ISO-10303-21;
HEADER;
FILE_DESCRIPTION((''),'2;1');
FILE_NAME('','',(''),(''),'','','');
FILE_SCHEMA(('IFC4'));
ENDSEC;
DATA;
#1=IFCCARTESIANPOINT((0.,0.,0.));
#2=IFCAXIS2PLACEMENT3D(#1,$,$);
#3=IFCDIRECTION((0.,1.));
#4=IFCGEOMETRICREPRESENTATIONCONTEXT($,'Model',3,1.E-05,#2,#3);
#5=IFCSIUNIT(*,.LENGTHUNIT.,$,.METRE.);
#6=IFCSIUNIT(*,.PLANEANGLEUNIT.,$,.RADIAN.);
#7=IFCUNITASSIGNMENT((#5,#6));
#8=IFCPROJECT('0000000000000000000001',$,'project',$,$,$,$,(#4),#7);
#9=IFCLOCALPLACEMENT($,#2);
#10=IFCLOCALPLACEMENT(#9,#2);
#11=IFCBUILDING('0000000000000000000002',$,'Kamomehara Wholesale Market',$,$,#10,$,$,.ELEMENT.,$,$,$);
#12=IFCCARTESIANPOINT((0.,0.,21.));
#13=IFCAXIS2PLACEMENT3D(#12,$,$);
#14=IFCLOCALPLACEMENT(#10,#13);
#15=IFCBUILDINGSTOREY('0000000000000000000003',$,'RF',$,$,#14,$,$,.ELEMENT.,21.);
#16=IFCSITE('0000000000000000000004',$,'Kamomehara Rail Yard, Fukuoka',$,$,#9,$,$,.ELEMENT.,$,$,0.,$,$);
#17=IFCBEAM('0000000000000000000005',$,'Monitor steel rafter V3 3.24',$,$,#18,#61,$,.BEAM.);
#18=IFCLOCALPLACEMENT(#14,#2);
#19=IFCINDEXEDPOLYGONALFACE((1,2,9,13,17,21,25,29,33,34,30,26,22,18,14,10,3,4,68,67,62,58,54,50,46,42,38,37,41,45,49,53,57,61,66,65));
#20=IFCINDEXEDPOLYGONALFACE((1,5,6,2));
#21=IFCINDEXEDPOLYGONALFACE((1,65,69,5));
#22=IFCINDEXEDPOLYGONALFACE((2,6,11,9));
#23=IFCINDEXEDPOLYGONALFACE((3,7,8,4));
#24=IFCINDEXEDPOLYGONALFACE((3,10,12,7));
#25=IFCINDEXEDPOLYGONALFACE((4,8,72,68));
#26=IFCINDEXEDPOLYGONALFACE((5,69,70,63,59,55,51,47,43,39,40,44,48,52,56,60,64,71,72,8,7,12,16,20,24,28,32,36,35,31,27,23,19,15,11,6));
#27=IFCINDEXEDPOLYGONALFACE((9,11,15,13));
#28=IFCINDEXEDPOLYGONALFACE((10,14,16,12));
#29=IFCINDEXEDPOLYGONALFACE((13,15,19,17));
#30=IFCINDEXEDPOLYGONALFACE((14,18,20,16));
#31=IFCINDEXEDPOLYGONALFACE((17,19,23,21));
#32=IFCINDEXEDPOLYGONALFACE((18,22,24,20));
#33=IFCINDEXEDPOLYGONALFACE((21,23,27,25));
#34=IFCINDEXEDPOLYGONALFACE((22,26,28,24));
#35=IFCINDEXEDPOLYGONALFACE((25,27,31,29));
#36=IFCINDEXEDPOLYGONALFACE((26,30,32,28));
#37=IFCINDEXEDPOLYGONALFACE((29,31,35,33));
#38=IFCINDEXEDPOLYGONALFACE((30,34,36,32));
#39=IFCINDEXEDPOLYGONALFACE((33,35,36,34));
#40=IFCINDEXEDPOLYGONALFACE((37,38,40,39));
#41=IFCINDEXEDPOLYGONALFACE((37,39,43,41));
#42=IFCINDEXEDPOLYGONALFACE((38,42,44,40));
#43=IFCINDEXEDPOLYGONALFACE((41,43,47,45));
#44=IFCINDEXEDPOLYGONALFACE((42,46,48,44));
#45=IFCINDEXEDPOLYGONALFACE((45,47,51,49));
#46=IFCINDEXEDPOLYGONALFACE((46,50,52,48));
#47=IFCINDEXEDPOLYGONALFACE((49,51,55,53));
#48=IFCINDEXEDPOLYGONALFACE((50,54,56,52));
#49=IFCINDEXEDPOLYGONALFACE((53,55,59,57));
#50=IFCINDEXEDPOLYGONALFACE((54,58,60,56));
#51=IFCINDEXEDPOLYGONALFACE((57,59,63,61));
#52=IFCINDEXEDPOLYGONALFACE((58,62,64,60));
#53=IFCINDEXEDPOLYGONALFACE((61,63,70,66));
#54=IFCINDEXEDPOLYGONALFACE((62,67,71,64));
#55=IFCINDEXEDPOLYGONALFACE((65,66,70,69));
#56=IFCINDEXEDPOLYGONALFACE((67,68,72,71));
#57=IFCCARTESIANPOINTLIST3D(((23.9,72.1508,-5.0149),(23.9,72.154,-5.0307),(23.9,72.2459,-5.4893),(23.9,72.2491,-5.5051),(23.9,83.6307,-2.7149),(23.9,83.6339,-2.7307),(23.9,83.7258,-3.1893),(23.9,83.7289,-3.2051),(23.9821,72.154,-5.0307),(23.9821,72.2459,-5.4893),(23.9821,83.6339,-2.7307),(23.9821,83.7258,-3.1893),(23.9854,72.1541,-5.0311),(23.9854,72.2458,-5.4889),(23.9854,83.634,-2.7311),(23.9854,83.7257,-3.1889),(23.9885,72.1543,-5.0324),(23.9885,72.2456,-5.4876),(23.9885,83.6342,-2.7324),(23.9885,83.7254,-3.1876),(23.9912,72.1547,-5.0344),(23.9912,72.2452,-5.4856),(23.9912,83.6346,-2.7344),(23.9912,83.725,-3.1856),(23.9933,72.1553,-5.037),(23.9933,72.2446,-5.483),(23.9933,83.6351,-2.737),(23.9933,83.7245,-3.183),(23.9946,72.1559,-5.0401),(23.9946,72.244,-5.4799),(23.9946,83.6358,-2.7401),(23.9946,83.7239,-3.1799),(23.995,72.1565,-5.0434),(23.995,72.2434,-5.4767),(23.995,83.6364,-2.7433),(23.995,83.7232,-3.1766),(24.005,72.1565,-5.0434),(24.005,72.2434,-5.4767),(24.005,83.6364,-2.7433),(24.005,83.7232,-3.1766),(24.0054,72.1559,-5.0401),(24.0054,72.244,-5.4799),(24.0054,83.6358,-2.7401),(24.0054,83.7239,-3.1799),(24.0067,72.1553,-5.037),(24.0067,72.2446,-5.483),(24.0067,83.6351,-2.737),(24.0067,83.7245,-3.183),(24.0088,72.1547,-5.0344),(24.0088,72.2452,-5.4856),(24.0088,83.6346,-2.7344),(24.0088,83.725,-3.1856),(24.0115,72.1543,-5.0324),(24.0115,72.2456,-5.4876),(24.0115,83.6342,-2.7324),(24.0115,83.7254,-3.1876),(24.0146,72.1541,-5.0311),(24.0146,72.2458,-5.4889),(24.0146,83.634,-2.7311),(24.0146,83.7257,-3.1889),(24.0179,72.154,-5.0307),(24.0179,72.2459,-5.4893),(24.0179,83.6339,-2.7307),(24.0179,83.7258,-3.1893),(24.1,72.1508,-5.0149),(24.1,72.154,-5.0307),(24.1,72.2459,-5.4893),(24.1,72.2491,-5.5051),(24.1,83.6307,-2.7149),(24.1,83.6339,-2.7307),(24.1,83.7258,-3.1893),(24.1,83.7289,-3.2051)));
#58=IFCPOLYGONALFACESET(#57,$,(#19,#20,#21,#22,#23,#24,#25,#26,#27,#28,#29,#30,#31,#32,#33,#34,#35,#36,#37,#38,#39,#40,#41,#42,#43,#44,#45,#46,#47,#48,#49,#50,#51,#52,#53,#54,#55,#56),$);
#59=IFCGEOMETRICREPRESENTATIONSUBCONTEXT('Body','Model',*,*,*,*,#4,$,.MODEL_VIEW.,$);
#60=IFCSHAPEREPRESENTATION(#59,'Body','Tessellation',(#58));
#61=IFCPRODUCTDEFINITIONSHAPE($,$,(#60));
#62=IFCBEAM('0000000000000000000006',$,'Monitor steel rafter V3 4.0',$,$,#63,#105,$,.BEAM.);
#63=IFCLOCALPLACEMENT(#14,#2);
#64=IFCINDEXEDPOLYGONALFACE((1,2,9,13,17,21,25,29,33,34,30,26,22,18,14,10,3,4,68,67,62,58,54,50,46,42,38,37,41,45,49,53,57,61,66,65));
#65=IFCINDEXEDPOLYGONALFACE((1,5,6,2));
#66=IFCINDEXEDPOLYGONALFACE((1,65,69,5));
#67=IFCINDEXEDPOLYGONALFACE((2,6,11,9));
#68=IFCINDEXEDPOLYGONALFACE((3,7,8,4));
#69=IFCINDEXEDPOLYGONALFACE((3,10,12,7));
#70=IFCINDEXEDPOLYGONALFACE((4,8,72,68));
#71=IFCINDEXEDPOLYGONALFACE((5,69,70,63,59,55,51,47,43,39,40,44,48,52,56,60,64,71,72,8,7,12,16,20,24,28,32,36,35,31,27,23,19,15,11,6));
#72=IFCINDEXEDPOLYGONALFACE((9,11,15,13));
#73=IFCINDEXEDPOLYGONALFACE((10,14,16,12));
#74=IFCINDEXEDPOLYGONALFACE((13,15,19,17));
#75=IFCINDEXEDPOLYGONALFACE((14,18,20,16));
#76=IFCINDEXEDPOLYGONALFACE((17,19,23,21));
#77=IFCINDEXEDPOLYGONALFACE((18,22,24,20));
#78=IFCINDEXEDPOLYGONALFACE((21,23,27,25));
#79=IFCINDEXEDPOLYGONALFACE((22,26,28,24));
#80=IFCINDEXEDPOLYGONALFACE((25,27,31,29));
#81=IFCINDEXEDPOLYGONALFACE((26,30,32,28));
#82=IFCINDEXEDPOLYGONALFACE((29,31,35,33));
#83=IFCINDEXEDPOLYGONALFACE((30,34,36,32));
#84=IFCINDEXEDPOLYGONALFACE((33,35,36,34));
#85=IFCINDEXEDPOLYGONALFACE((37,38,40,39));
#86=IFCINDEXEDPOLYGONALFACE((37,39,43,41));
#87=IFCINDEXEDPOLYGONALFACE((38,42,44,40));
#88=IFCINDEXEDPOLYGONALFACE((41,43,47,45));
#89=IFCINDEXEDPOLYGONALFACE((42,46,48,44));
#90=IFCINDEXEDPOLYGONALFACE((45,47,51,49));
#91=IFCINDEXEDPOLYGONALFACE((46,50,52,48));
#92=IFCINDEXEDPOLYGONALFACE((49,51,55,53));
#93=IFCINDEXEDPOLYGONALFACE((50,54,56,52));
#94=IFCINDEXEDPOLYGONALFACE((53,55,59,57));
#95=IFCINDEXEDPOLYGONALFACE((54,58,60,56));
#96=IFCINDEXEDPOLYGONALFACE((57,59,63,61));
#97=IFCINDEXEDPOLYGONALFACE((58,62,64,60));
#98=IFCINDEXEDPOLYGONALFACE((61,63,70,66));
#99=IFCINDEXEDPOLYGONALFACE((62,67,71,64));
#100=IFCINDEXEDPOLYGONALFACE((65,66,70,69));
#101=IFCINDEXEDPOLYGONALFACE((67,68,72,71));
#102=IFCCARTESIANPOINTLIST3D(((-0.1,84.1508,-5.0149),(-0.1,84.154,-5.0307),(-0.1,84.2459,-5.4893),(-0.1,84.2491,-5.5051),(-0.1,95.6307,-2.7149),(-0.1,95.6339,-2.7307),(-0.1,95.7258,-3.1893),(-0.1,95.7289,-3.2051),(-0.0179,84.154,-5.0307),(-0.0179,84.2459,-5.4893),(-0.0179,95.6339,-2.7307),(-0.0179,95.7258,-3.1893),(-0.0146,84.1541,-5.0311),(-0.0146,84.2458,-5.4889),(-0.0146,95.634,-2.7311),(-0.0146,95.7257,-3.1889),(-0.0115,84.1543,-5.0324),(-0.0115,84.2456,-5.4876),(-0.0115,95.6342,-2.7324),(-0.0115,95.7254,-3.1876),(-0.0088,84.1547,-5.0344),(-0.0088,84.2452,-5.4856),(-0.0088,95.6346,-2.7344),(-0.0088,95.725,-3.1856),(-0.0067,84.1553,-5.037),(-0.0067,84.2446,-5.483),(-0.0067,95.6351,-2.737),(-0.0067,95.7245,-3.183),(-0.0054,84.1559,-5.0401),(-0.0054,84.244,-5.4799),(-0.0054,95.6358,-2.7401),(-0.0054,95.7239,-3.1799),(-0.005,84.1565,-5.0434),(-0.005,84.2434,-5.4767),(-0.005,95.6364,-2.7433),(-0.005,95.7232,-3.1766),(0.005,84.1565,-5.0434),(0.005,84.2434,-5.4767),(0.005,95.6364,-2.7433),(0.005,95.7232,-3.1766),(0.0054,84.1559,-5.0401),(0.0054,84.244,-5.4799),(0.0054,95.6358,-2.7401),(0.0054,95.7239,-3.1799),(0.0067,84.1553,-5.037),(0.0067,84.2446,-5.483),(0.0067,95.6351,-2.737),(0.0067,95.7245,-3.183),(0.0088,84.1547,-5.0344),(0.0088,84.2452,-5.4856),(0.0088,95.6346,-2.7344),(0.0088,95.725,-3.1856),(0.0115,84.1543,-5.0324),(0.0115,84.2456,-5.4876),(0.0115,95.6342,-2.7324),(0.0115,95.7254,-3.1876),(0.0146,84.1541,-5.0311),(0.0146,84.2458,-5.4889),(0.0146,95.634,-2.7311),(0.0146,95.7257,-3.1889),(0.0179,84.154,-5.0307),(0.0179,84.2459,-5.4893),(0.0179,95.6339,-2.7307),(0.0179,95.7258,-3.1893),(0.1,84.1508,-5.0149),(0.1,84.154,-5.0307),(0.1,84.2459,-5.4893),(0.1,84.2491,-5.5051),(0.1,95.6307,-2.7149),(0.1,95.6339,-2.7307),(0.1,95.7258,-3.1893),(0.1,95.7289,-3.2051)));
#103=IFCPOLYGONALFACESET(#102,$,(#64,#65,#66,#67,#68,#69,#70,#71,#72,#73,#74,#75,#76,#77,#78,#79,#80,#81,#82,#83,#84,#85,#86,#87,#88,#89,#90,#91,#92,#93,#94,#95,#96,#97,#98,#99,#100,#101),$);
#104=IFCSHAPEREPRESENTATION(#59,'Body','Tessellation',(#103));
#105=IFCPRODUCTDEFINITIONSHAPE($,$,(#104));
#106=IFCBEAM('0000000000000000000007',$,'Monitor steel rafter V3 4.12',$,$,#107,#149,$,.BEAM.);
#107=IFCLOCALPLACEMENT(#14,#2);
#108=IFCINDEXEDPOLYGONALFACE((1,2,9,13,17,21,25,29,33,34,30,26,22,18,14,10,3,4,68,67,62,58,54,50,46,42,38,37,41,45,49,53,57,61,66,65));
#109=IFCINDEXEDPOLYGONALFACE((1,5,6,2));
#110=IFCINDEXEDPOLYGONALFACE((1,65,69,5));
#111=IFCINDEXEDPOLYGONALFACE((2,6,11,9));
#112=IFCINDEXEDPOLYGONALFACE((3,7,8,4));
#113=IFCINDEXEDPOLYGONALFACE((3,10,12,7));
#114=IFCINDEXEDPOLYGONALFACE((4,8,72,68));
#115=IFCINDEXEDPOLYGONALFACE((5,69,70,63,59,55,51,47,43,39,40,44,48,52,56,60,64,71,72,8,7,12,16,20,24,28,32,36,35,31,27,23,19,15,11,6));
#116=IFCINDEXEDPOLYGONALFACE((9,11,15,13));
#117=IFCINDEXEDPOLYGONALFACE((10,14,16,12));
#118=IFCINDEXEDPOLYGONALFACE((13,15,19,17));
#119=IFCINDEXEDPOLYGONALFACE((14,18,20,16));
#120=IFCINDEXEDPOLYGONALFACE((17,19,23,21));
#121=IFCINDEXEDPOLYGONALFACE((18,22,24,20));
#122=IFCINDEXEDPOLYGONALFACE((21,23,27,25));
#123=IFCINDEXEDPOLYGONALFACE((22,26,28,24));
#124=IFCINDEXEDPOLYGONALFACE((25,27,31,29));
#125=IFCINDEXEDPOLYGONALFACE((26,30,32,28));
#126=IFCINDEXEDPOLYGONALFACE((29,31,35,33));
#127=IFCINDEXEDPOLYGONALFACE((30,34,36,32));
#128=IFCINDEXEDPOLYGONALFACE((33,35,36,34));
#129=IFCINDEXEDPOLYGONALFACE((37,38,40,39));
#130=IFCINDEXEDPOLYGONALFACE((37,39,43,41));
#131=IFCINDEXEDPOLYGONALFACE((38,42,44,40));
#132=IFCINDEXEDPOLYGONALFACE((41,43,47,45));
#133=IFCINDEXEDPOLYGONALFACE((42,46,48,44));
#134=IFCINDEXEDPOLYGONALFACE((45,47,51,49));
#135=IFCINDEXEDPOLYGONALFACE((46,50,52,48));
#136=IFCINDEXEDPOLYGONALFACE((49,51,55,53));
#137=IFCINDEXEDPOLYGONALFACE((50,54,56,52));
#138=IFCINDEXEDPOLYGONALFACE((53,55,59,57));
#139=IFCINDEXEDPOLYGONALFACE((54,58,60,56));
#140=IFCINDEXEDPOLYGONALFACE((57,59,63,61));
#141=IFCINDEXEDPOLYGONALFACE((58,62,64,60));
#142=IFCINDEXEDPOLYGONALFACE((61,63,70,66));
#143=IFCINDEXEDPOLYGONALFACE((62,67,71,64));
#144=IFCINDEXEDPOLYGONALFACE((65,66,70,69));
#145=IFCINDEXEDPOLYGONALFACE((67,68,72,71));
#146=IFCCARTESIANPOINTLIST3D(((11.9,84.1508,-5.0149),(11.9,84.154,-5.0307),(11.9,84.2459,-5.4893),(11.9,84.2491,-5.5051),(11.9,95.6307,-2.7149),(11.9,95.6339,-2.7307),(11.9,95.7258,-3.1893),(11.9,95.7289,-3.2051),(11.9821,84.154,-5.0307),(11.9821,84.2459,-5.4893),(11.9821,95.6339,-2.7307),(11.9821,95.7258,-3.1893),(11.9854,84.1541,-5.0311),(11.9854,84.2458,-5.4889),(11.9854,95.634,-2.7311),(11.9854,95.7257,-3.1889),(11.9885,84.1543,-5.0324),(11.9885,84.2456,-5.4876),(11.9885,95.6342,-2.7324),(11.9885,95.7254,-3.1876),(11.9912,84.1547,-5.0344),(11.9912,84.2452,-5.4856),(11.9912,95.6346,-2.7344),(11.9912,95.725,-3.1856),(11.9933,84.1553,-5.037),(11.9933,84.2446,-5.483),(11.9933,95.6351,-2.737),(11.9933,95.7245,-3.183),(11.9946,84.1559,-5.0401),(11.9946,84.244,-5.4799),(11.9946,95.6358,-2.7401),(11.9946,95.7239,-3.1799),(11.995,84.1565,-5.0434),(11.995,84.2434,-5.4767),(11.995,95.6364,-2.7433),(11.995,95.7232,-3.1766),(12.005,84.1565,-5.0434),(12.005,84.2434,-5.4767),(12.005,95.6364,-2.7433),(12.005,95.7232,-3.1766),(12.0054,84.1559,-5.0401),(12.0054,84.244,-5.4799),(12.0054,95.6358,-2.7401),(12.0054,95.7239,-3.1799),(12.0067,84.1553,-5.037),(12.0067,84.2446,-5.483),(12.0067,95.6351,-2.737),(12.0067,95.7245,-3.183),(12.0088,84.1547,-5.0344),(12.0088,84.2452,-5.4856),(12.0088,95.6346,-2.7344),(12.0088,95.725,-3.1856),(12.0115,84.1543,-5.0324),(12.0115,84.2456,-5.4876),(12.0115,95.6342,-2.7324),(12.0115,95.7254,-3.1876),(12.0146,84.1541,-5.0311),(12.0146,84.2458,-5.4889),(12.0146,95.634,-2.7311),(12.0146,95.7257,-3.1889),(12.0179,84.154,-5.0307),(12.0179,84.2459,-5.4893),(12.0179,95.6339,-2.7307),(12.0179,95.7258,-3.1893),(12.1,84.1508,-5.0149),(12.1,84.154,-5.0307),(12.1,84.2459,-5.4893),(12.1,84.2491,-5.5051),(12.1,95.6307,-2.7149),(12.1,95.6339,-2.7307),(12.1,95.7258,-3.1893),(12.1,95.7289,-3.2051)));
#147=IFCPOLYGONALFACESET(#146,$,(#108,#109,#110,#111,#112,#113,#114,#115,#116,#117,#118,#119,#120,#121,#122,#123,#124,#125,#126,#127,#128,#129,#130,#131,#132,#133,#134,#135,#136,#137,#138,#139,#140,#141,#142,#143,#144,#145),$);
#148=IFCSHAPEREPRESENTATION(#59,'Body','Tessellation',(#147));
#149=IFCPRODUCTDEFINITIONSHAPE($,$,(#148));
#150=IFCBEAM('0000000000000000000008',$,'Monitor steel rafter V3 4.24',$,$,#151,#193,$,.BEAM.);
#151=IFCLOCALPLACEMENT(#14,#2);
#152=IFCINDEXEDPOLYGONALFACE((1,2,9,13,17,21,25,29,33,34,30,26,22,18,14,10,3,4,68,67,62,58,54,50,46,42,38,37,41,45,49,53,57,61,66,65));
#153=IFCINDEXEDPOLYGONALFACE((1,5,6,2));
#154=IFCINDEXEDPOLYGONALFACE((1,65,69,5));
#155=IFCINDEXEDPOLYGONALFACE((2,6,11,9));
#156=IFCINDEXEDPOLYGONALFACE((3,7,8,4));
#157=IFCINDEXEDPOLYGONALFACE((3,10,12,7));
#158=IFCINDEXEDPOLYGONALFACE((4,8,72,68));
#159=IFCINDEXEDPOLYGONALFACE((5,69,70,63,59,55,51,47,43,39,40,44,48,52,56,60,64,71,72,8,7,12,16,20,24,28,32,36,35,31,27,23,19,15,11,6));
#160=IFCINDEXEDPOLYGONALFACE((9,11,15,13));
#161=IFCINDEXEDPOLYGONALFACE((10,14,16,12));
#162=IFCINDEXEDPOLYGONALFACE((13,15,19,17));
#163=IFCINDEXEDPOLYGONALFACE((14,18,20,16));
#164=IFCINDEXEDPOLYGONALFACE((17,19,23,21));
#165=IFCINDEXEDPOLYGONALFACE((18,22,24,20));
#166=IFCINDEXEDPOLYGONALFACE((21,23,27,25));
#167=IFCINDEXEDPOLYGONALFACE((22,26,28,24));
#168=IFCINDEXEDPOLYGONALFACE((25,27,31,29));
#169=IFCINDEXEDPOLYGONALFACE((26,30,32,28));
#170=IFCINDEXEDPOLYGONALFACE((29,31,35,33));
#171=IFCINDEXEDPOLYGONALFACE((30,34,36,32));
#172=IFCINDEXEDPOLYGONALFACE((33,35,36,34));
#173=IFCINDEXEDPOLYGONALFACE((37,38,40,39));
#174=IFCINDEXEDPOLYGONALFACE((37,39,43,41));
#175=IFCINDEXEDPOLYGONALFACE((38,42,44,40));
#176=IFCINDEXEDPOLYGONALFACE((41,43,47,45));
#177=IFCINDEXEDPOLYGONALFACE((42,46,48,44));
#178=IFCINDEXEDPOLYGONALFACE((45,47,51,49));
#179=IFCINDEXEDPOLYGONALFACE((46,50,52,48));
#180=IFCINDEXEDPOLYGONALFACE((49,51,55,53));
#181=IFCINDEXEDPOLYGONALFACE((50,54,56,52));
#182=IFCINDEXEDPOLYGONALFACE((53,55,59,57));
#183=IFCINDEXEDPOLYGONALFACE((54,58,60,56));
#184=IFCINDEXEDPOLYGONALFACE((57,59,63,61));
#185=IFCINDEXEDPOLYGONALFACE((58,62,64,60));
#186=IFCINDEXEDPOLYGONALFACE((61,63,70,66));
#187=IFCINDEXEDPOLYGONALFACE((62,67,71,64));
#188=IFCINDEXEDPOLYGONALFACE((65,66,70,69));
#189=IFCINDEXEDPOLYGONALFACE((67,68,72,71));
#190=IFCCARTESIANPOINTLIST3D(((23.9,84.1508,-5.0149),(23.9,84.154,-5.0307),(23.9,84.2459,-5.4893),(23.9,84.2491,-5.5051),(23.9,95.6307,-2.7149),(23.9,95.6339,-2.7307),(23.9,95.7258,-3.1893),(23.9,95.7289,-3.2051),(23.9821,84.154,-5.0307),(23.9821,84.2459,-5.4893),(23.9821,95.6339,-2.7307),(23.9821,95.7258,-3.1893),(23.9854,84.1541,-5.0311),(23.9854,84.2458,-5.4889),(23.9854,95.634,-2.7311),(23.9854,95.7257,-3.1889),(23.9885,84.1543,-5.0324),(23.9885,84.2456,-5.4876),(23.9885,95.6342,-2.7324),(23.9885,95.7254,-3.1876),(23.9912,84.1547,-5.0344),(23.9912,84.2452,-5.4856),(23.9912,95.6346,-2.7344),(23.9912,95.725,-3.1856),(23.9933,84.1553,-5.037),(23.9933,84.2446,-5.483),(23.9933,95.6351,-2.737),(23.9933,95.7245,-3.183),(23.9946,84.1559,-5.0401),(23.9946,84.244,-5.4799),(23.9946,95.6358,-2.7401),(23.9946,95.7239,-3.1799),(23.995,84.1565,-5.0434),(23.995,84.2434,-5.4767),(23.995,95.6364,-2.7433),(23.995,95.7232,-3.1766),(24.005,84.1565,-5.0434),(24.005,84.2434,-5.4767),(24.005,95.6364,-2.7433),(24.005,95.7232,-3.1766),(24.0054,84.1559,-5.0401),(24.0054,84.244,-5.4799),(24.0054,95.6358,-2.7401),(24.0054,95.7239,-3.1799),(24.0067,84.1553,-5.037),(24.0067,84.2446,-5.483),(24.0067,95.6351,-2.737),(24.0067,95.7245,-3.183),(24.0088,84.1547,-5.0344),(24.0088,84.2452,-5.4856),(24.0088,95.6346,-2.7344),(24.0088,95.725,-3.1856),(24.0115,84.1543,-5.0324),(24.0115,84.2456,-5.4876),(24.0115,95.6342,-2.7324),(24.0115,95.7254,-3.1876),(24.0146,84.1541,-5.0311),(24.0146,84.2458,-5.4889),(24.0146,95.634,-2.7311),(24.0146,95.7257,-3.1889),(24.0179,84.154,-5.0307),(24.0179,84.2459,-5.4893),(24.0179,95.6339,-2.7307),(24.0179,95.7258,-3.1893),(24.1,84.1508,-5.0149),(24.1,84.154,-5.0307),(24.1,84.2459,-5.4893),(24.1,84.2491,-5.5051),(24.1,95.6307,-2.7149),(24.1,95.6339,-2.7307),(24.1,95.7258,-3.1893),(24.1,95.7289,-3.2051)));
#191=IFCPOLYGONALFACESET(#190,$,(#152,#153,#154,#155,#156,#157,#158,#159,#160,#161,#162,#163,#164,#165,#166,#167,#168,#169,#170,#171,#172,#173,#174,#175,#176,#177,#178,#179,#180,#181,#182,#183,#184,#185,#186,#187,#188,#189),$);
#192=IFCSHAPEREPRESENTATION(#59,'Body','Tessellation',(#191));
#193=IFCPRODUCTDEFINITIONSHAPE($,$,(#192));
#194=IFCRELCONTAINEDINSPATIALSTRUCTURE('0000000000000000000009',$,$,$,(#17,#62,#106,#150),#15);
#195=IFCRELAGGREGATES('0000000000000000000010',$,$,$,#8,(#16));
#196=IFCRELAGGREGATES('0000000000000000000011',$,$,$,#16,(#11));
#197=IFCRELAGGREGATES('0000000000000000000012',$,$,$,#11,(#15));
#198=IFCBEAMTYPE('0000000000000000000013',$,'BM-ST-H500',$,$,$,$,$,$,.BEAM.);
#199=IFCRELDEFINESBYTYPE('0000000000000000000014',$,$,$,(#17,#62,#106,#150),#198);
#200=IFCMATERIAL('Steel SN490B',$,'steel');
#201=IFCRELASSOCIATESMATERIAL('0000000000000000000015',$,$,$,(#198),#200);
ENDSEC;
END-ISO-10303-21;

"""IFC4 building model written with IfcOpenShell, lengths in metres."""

from ifc_helpers import new_model, si_unit, direction, frame, origin, origin_2d, place, context, subcontext, project, spatial, i_section, extrude, material, material_profile, profile_set, type_object, element, save


model = new_model("IFC4")

# Units and contexts
model_context = context("Model", 3, precision=1e-05, world=origin(), true_north=direction((0.0, 1.0)))
body_context = subcontext(model_context, "Body", "Model", "MODEL_VIEW")
ifc_project = project(units=[si_unit("LENGTHUNIT", "METRE"), si_unit("PLANEANGLEUNIT", "RADIAN")], contexts=[model_context])

# Site, building, storey
site_placement = place(None, origin())
site = spatial("IfcSite", under=ifc_project, at=site_placement, Name="Kamomehara Rail Yard, Fukuoka", CompositionType="ELEMENT", RefElevation=0.0)
building_placement = place(site_placement, origin())
building = spatial("IfcBuilding", under=site, at=building_placement, Name="Kamomehara Wholesale Market", CompositionType="ELEMENT")
storey_placement = place(building_placement, frame((0.0, 0.0, 21.0)))
storey = spatial("IfcBuildingStorey", under=building, at=storey_placement, Name="RF", CompositionType="ELEMENT", Elevation=21.0)

# Beams
ifc_material_1 = material(Name="Steel SN490B", Category="steel")
ifc_material_profile_1 = material_profile(ifc_material_1, i_section(OverallWidth=0.2, OverallDepth=0.5, WebThickness=0.01, FlangeThickness=0.0161, FilletRadius=0.0129, at=origin_2d()), Name="H-500x200x10x16")
ifc_profile_set_1 = profile_set([ifc_material_profile_1], Name="Steel SN490B")
beam_type_1 = type_object("IfcBeamType", Name="BM-ST-H500", PredefinedType="BEAM", material=ifc_profile_set_1)
for number, where, z_axis, x_axis, name in (
    (1, (24.0, 72.2, -5.26), (0.0, 0.980514, 0.196449), (-1.0, 0.0, 0.0), "Monitor steel rafter V3 3.24"),
    (2, (0.0, 84.2, -5.26), (0.0, 0.980514, 0.196449), (-1.0, 0.0, 0.0), "Monitor steel rafter V3 4.0"),
    (3, (12.0, 84.2, -5.26), (0.0, 0.980514, 0.196449), (-1.0, 0.0, 0.0), "Monitor steel rafter V3 4.12"),
    (4, (24.0, 84.2, -5.26), (0.0, 0.980514, 0.196449), (-1.0, 0.0, 0.0), "Monitor steel rafter V3 4.24"),
):
    element("IfcBeam", number, at=place(storey_placement, frame(where, z_axis=z_axis, x_axis=x_axis)), inside=storey, type_object=beam_type_1, Name=name, PredefinedType="BEAM", context=body_context, shape_type="SweptSolid", body=[
        extrude(i_section(OverallWidth=0.2, OverallDepth=0.5, WebThickness=0.01, FlangeThickness=0.0161, FilletRadius=0.0129, at=origin_2d()), origin(), (0.0, 0.0, 1.0), 11.708),
    ])

save(model, "model.ifc")
